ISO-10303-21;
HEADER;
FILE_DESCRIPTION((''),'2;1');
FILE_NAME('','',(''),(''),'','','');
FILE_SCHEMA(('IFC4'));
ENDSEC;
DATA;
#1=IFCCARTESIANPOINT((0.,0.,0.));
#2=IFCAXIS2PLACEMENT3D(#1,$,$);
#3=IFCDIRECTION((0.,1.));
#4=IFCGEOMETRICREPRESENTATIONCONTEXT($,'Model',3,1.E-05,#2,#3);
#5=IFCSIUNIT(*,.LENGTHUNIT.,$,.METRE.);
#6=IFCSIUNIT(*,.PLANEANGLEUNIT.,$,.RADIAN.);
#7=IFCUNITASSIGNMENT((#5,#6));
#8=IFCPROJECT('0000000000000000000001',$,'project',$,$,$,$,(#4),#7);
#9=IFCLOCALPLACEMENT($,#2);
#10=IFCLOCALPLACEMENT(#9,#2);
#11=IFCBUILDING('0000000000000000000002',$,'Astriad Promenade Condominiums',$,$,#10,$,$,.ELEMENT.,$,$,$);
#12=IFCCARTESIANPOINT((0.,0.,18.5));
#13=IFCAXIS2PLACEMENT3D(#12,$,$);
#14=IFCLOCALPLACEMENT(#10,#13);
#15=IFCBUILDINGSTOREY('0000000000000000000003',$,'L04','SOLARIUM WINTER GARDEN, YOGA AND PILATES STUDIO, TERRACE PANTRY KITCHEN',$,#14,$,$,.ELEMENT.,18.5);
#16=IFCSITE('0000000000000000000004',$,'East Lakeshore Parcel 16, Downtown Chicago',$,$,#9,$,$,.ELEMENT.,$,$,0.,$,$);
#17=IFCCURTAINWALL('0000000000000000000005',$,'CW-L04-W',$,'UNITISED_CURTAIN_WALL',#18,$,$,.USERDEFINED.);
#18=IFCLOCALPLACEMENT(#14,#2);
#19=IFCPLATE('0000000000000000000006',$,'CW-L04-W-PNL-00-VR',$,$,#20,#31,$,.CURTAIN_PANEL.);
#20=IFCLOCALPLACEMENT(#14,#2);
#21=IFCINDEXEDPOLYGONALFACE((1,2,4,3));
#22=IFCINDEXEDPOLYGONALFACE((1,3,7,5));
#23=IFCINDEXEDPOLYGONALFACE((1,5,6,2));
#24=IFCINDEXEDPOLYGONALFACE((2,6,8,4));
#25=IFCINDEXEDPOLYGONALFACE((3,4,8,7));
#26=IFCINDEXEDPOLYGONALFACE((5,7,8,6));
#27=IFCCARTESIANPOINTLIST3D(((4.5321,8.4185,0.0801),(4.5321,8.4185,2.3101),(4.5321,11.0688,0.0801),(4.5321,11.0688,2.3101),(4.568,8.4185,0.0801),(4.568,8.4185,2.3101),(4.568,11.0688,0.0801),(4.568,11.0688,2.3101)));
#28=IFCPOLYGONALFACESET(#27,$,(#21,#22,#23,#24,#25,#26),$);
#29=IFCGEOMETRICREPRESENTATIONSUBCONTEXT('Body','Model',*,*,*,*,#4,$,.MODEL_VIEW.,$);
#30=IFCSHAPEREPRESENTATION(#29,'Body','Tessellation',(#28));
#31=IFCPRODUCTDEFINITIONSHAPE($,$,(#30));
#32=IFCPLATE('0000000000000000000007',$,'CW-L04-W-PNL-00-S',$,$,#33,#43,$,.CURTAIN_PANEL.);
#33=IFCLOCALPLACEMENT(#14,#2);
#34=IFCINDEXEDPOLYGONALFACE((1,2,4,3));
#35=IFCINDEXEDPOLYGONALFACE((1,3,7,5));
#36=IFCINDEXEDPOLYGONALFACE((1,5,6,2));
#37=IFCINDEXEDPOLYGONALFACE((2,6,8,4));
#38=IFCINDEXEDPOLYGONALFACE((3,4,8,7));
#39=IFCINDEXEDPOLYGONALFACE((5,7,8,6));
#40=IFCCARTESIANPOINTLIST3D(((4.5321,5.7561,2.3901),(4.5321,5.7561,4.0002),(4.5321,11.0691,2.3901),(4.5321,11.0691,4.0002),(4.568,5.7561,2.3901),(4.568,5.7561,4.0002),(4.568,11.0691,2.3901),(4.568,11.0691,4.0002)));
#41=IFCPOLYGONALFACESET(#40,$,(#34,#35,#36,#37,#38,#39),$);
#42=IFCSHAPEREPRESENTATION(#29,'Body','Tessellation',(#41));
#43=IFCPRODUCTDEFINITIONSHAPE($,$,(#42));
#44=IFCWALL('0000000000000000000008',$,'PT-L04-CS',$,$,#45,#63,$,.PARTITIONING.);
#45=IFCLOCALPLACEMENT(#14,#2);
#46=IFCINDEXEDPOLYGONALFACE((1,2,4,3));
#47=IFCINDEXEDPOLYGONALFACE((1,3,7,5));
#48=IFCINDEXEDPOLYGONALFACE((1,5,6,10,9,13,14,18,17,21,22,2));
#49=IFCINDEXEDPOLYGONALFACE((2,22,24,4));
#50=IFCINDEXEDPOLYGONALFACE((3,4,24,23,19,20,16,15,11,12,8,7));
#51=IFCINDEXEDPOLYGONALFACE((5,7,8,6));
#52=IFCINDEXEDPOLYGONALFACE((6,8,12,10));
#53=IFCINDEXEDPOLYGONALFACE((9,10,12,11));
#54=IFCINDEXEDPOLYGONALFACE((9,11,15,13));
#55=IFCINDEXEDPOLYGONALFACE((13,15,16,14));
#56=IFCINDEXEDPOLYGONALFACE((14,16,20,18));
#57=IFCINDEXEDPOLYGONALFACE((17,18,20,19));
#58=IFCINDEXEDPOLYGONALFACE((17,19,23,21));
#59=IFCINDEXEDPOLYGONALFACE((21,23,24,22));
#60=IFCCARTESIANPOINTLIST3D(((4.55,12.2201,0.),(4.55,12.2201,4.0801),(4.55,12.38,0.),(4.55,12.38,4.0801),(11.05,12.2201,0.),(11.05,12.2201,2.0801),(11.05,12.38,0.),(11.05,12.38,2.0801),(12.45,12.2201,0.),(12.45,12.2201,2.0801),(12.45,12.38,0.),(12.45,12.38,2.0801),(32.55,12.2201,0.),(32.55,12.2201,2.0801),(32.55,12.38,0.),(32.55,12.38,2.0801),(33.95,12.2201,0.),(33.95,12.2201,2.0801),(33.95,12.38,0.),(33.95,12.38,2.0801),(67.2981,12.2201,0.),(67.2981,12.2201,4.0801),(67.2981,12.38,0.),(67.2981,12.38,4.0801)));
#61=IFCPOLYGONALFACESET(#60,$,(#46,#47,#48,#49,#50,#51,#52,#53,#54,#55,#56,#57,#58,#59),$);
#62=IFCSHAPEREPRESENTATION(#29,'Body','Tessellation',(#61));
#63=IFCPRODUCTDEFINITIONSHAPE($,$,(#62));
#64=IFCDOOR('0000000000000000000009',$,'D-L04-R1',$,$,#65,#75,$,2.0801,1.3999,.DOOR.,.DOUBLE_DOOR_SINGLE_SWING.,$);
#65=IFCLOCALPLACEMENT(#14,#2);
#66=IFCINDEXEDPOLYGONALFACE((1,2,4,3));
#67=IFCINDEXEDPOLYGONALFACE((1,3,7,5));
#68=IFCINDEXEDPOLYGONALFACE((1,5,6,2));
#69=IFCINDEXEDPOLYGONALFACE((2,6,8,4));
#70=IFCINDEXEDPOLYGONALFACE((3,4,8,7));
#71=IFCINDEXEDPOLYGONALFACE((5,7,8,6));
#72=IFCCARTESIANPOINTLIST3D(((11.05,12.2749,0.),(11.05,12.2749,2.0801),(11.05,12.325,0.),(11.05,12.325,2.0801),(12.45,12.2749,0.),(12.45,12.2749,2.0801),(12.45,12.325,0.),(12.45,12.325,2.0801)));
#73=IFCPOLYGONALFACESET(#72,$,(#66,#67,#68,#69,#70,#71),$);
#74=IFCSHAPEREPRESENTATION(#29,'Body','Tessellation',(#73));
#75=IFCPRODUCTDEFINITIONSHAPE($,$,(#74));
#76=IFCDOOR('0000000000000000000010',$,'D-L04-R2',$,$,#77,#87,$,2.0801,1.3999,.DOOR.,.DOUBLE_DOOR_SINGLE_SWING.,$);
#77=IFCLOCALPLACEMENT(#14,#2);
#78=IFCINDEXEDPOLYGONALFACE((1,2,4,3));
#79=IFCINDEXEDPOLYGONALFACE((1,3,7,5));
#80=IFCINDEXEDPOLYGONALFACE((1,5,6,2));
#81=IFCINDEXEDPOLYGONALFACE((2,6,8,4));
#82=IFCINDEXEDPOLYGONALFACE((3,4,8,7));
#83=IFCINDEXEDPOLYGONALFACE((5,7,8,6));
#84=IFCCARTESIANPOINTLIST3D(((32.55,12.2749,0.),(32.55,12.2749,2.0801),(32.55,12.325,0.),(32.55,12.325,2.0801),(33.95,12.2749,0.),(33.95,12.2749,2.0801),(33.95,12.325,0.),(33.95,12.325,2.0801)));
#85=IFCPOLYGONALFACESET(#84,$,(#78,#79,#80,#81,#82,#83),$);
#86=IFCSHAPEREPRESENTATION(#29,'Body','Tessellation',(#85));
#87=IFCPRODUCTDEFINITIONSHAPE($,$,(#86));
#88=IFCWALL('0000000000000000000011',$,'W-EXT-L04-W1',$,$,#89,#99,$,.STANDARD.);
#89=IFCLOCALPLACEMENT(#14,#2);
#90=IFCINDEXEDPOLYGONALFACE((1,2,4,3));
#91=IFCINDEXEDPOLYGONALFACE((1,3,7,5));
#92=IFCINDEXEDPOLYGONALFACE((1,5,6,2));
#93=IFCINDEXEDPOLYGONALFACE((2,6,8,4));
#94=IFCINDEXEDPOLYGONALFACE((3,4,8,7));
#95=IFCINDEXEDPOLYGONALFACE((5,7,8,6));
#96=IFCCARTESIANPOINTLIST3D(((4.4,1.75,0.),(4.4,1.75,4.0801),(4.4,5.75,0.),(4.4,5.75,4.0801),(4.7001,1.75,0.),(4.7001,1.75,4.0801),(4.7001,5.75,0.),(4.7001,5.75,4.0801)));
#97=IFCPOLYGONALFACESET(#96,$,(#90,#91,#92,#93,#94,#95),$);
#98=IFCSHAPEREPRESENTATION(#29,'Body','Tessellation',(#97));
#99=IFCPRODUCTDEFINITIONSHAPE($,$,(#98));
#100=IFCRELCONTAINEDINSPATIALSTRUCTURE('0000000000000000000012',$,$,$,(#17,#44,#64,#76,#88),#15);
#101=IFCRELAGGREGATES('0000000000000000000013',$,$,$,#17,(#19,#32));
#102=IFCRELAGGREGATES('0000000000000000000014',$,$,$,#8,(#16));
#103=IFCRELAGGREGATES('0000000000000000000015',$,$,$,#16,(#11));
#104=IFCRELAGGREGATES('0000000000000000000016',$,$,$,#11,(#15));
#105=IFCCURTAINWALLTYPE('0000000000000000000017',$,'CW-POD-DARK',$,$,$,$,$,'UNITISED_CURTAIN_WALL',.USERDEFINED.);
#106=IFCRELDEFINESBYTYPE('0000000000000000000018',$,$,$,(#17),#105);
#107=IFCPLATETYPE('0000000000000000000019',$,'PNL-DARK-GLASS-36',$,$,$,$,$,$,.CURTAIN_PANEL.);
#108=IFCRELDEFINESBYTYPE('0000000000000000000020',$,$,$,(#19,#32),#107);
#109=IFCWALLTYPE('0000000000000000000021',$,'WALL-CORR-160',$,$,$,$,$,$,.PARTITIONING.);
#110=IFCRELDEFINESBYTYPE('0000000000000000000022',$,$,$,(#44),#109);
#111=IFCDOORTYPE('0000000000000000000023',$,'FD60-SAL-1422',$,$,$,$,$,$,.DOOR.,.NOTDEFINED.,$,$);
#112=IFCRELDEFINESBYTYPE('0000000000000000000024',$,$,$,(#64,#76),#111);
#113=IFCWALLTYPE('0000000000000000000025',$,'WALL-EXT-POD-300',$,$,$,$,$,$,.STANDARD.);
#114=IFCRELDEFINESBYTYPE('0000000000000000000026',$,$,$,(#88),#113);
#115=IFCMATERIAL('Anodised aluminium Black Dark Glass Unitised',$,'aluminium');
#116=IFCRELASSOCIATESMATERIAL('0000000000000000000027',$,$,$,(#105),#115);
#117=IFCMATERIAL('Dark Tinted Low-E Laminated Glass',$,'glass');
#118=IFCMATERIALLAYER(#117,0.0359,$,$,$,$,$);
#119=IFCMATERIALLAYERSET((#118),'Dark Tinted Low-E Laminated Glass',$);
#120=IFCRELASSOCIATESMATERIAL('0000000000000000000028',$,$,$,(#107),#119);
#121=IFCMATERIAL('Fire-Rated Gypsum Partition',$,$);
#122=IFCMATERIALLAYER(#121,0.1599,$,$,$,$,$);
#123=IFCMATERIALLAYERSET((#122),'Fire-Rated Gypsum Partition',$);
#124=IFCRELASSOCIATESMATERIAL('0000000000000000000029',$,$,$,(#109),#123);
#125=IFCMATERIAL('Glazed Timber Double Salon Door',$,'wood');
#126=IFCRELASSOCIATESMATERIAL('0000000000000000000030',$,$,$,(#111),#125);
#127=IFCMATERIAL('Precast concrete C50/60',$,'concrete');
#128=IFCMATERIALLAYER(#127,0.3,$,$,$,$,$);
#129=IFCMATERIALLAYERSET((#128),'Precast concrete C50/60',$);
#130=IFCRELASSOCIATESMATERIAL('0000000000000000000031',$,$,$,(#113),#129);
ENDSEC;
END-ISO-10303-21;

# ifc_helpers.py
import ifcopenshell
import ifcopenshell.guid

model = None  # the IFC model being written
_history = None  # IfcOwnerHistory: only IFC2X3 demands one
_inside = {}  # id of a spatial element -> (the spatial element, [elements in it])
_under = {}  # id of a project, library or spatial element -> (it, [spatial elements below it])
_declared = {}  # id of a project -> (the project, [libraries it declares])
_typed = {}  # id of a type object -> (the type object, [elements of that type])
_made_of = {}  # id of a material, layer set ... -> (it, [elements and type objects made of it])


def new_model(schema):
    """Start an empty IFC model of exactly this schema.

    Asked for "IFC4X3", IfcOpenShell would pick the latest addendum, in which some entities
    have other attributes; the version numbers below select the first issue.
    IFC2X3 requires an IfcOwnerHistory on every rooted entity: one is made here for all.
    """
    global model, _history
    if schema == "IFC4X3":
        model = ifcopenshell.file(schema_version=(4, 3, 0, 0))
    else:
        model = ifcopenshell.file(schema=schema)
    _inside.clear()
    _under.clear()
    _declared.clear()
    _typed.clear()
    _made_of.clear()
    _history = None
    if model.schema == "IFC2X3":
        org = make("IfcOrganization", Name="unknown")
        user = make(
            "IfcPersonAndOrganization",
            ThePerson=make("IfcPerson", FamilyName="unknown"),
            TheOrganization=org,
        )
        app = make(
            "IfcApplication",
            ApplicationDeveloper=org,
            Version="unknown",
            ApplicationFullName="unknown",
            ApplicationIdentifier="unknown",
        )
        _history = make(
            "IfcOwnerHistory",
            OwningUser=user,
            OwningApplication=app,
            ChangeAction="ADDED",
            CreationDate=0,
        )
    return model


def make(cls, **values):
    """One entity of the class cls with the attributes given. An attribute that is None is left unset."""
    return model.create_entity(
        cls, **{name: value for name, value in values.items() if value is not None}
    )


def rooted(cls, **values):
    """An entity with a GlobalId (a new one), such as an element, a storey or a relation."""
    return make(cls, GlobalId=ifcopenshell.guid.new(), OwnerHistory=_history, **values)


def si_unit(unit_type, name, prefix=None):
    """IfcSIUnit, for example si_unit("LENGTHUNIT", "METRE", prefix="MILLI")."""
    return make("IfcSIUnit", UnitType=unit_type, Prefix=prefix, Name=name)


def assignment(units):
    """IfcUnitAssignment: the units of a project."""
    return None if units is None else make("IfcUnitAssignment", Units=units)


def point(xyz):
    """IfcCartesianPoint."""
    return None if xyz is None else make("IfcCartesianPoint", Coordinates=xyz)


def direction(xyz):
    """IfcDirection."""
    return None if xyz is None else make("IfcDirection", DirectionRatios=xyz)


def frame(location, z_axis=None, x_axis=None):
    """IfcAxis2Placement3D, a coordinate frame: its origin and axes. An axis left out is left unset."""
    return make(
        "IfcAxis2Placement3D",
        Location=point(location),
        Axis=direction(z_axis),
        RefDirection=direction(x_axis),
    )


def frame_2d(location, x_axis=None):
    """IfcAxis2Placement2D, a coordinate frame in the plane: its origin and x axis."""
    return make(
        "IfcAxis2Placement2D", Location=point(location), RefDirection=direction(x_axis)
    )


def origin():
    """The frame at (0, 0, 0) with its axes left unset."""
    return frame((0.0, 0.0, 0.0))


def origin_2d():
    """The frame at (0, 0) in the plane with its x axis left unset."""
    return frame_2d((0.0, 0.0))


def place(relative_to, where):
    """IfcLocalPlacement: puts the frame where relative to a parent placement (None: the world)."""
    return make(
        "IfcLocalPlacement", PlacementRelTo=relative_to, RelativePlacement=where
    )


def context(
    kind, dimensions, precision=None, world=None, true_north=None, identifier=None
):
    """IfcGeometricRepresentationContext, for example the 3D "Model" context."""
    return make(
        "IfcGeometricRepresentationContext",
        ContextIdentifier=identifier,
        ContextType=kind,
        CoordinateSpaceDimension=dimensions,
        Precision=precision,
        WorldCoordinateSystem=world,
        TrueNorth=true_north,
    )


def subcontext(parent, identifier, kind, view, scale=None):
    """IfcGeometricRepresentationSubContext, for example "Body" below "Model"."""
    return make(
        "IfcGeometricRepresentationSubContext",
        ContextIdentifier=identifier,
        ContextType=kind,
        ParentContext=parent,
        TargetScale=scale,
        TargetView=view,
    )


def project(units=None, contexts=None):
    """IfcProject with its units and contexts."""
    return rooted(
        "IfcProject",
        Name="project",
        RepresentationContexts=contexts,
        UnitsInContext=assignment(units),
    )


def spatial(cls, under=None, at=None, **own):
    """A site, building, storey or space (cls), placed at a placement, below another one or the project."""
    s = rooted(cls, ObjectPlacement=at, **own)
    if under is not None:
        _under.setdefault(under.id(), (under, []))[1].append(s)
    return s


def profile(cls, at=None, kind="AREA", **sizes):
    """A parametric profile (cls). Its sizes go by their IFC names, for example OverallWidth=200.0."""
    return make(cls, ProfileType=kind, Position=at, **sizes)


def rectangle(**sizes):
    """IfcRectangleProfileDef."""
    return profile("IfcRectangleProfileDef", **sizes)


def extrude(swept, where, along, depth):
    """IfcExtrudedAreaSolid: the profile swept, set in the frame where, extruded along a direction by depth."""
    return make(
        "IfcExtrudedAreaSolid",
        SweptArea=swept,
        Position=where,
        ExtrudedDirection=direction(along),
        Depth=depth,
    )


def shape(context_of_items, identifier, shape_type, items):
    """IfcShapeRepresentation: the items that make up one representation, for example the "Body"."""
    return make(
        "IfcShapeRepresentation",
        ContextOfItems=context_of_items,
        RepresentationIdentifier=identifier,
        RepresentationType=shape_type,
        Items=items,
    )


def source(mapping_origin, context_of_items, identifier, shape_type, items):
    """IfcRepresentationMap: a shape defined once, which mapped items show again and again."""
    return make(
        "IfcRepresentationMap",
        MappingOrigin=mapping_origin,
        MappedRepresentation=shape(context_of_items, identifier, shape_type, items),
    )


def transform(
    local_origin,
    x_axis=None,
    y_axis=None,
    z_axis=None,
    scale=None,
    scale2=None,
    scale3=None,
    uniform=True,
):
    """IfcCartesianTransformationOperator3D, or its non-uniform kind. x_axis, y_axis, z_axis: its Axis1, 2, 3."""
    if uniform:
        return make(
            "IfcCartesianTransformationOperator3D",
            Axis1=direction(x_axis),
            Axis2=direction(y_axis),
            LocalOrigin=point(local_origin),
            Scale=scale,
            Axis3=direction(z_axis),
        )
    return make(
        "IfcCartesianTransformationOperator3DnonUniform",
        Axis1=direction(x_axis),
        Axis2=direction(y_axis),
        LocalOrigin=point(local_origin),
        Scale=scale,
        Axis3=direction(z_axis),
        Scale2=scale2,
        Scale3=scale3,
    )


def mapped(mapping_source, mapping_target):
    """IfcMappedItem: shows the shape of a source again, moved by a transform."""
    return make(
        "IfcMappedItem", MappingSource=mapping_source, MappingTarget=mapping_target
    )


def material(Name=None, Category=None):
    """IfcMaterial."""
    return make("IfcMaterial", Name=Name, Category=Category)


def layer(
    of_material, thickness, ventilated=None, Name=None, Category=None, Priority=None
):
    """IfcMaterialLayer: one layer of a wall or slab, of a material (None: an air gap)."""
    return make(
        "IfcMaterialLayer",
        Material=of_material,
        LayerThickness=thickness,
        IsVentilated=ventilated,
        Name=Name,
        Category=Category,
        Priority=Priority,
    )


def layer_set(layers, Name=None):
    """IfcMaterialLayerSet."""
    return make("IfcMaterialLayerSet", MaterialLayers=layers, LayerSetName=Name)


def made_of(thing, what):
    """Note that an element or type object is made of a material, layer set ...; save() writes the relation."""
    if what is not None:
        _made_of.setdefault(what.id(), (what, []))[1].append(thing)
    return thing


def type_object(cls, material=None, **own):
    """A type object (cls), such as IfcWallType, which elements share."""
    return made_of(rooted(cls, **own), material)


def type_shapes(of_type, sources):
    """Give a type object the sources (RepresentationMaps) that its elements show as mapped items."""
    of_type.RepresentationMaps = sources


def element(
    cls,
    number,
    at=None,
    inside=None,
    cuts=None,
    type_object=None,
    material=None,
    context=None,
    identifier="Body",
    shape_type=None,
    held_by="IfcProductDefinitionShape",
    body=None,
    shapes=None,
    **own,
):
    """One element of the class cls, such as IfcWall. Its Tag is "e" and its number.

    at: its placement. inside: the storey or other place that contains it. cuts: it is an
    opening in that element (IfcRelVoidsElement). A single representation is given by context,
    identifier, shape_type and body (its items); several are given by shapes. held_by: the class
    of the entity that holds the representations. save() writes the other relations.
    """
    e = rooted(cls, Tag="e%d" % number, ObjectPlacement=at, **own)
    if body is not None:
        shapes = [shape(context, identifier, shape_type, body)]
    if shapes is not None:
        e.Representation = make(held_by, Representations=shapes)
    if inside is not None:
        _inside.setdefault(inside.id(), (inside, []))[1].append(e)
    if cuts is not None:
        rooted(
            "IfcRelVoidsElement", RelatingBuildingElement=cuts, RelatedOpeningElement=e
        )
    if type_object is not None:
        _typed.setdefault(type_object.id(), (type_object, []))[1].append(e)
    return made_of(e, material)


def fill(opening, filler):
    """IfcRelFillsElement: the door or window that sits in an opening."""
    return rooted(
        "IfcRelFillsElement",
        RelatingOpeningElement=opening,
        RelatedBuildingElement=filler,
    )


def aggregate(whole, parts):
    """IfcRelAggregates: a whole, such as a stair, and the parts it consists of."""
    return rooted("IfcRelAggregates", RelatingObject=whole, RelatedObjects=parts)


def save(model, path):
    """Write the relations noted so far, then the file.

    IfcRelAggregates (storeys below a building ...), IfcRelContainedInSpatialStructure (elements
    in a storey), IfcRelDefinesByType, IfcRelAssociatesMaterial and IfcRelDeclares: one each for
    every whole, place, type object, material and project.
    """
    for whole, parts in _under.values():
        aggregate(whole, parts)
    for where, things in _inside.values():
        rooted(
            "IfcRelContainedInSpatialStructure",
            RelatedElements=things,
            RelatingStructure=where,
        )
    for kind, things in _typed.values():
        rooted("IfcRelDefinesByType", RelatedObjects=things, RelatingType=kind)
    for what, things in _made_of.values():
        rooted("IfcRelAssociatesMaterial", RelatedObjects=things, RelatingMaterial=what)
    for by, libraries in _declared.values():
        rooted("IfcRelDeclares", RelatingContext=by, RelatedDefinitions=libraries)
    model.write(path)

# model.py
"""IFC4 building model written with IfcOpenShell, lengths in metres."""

from ifc_helpers import new_model, si_unit, direction, frame, frame_2d, origin, origin_2d, place, context, subcontext, project, spatial, rectangle, extrude, source, transform, mapped, material, layer, layer_set, type_object, type_shapes, element, fill, aggregate, save


model = new_model("IFC4")

# Units and contexts
model_context = context("Model", 3, precision=1e-05, world=origin(), true_north=direction((0.0, 1.0)))
body_context = subcontext(model_context, "Body", "Model", "MODEL_VIEW")
ifc_project = project(units=[si_unit("LENGTHUNIT", "METRE"), si_unit("PLANEANGLEUNIT", "RADIAN")], contexts=[model_context])

# Site, building, storey
site_placement = place(None, origin())
site = spatial("IfcSite", under=ifc_project, at=site_placement, Name="East Lakeshore Parcel 16, Downtown Chicago", CompositionType="ELEMENT", RefElevation=0.0)
building_placement = place(site_placement, origin())
building = spatial("IfcBuilding", under=site, at=building_placement, Name="Astriad Promenade Condominiums", CompositionType="ELEMENT")
storey_placement = place(building_placement, frame((0.0, 0.0, 18.5)))
storey = spatial("IfcBuildingStorey", under=building, at=storey_placement, Name="L04", Description="SOLARIUM WINTER GARDEN, YOGA AND PILATES STUDIO, TERRACE PANTRY KITCHEN", CompositionType="ELEMENT", Elevation=18.5)

# Curtain wall
ifc_material_1 = material(Name="Anodised aluminium Black Dark Glass Unitised", Category="aluminium")
curtain_wall_type = type_object("IfcCurtainWallType", Name="CW-POD-DARK", ElementType="UNITISED_CURTAIN_WALL", PredefinedType="USERDEFINED", material=ifc_material_1)
curtain_wall_placement = place(storey_placement, origin())
curtain_wall = element("IfcCurtainWall", 1, at=curtain_wall_placement, inside=storey, type_object=curtain_wall_type, Name="CW-L04-W", ObjectType="UNITISED_CURTAIN_WALL", PredefinedType="USERDEFINED")

# Plates
ifc_material_2 = material(Name="Dark Tinted Low-E Laminated Glass", Category="glass")
ifc_layer_1 = layer(ifc_material_2, 0.0359)
ifc_layer_set_1 = layer_set([ifc_layer_1], Name="Dark Tinted Low-E Laminated Glass")
plate_type = type_object("IfcPlateType", Name="PNL-DARK-GLASS-36", PredefinedType="CURTAIN_PANEL", material=ifc_layer_set_1)
shared_shape_1 = source(origin(), body_context, "Body", "SweptSolid", [
    extrude(rectangle(XDim=2.6504, YDim=0.0359, at=origin_2d()), origin(), (0.0, 0.0, 1.0), 2.23),
])
plate_1_placement = place(storey_placement, frame((4.55, 9.7437, 0.0801), z_axis=(0.0, 0.0, 1.0), x_axis=(0.0, 1.0, 0.0)))
plate_1 = element("IfcPlate", 2, at=plate_1_placement, type_object=plate_type, Name="CW-L04-W-PNL-00-VR", PredefinedType="CURTAIN_PANEL", context=body_context, shape_type="MappedRepresentation", body=[
    mapped(shared_shape_1, transform((0.0, 0.0, 0.0), scale=1.0)),
])
shared_shape_2 = source(origin(), body_context, "Body", "SweptSolid", [
    extrude(rectangle(XDim=5.313, YDim=0.0359, at=origin_2d()), origin(), (0.0, 0.0, 1.0), 1.6101),
])
type_shapes(plate_type, [shared_shape_1, shared_shape_2])
plate_2_placement = place(storey_placement, frame((4.55, 8.4126, 2.3901), z_axis=(0.0, 0.0, 1.0), x_axis=(0.0, 1.0, 0.0)))
plate_2 = element("IfcPlate", 3, at=plate_2_placement, type_object=plate_type, Name="CW-L04-W-PNL-00-S", PredefinedType="CURTAIN_PANEL", context=body_context, shape_type="MappedRepresentation", body=[
    mapped(shared_shape_2, transform((0.0, 0.0, 0.0), scale=1.0)),
])
aggregate(curtain_wall, [plate_1, plate_2])

# Wall, openings, doors
ifc_material_3 = material(Name="Fire-Rated Gypsum Partition")
ifc_layer_2 = layer(ifc_material_3, 0.1599)
ifc_layer_set_2 = layer_set([ifc_layer_2], Name="Fire-Rated Gypsum Partition")
wall_type_1 = type_object("IfcWallType", Name="WALL-CORR-160", PredefinedType="PARTITIONING", material=ifc_layer_set_2)
wall_1_placement = place(storey_placement, frame((4.55, 12.3, 0.0), z_axis=(0.0, 0.0, 1.0), x_axis=(1.0, 0.0, 0.0)))
wall_1 = element("IfcWall", 4, at=wall_1_placement, inside=storey, type_object=wall_type_1, Name="PT-L04-CS", PredefinedType="PARTITIONING", context=body_context, shape_type="SweptSolid", body=[
    extrude(rectangle(XDim=62.748, YDim=0.1599, at=frame_2d((31.374, 0.0))), origin(), (0.0, 0.0, 1.0), 4.0801),
])
opening_1_placement = place(wall_1_placement, frame((6.5, 0.0, 0.0)))
opening_1 = element("IfcOpeningElement", 5, at=opening_1_placement, cuts=wall_1, PredefinedType="OPENING", context=body_context, shape_type="SweptSolid", body=[
    extrude(rectangle(XDim=1.3999, YDim=2.0801, at=frame_2d((0.7, 1.04))), frame((0.0, 0.0898, 0.0), z_axis=(0.0, -1.0, 0.0), x_axis=(1.0, 0.0, 0.0)), (0.0, 0.0, 1.0), 0.1799),
])
opening_2_placement = place(wall_1_placement, frame((28.0, 0.0, 0.0)))
opening_2 = element("IfcOpeningElement", 6, at=opening_2_placement, cuts=wall_1, PredefinedType="OPENING", context=body_context, shape_type="SweptSolid", body=[
    extrude(rectangle(XDim=1.3999, YDim=2.0801, at=frame_2d((0.7, 1.04))), frame((0.0, 0.0898, 0.0), z_axis=(0.0, -1.0, 0.0), x_axis=(1.0, 0.0, 0.0)), (0.0, 0.0, 1.0), 0.1799),
])
ifc_material_4 = material(Name="Glazed Timber Double Salon Door", Category="wood")
door_type = type_object("IfcDoorType", Name="FD60-SAL-1422", OperationType="NOTDEFINED", PredefinedType="DOOR", material=ifc_material_4)
shared_shape_3 = source(origin(), body_context, "Body", "SweptSolid", [
    extrude(rectangle(XDim=1.3999, YDim=2.0801, at=frame_2d((0.7, 1.04))), frame((0.0, 0.0249, 0.0), z_axis=(0.0, -1.0, 0.0), x_axis=(1.0, 0.0, 0.0)), (0.0, 0.0, 1.0), 0.05),
])
type_shapes(door_type, [shared_shape_3])
door_1_placement = place(opening_1_placement, origin())
door_1 = element("IfcDoor", 7, at=door_1_placement, inside=storey, type_object=door_type, Name="D-L04-R1", OperationType="DOUBLE_DOOR_SINGLE_SWING", OverallHeight=2.0801, OverallWidth=1.3999, PredefinedType="DOOR", context=body_context, shape_type="MappedRepresentation", body=[
    mapped(shared_shape_3, transform((0.0, 0.0, 0.0), scale=1.0)),
])
fill(opening_1, door_1)
door_2_placement = place(opening_2_placement, origin())
door_2 = element("IfcDoor", 8, at=door_2_placement, inside=storey, type_object=door_type, Name="D-L04-R2", OperationType="DOUBLE_DOOR_SINGLE_SWING", OverallHeight=2.0801, OverallWidth=1.3999, PredefinedType="DOOR", context=body_context, shape_type="MappedRepresentation", body=[
    mapped(shared_shape_3, transform((0.0, 0.0, 0.0), scale=1.0)),
])
fill(opening_2, door_2)

# Wall
ifc_material_5 = material(Name="Precast concrete C50/60", Category="concrete")
ifc_layer_3 = layer(ifc_material_5, 0.3)
ifc_layer_set_3 = layer_set([ifc_layer_3], Name="Precast concrete C50/60")
wall_type_2 = type_object("IfcWallType", Name="WALL-EXT-POD-300", PredefinedType="STANDARD", material=ifc_layer_set_3)
wall_2_placement = place(storey_placement, frame((4.55, 1.75, 0.0), z_axis=(0.0, 0.0, 1.0), x_axis=(0.0, 1.0, 0.0)))
element("IfcWall", 9, at=wall_2_placement, inside=storey, type_object=wall_type_2, Name="W-EXT-L04-W1", PredefinedType="STANDARD", context=body_context, shape_type="SweptSolid", body=[
    extrude(rectangle(XDim=4.0, YDim=0.3, at=frame_2d((2.0, 0.0))), origin(), (0.0, 0.0, 1.0), 4.0801),
])

save(model, "model.ifc")
